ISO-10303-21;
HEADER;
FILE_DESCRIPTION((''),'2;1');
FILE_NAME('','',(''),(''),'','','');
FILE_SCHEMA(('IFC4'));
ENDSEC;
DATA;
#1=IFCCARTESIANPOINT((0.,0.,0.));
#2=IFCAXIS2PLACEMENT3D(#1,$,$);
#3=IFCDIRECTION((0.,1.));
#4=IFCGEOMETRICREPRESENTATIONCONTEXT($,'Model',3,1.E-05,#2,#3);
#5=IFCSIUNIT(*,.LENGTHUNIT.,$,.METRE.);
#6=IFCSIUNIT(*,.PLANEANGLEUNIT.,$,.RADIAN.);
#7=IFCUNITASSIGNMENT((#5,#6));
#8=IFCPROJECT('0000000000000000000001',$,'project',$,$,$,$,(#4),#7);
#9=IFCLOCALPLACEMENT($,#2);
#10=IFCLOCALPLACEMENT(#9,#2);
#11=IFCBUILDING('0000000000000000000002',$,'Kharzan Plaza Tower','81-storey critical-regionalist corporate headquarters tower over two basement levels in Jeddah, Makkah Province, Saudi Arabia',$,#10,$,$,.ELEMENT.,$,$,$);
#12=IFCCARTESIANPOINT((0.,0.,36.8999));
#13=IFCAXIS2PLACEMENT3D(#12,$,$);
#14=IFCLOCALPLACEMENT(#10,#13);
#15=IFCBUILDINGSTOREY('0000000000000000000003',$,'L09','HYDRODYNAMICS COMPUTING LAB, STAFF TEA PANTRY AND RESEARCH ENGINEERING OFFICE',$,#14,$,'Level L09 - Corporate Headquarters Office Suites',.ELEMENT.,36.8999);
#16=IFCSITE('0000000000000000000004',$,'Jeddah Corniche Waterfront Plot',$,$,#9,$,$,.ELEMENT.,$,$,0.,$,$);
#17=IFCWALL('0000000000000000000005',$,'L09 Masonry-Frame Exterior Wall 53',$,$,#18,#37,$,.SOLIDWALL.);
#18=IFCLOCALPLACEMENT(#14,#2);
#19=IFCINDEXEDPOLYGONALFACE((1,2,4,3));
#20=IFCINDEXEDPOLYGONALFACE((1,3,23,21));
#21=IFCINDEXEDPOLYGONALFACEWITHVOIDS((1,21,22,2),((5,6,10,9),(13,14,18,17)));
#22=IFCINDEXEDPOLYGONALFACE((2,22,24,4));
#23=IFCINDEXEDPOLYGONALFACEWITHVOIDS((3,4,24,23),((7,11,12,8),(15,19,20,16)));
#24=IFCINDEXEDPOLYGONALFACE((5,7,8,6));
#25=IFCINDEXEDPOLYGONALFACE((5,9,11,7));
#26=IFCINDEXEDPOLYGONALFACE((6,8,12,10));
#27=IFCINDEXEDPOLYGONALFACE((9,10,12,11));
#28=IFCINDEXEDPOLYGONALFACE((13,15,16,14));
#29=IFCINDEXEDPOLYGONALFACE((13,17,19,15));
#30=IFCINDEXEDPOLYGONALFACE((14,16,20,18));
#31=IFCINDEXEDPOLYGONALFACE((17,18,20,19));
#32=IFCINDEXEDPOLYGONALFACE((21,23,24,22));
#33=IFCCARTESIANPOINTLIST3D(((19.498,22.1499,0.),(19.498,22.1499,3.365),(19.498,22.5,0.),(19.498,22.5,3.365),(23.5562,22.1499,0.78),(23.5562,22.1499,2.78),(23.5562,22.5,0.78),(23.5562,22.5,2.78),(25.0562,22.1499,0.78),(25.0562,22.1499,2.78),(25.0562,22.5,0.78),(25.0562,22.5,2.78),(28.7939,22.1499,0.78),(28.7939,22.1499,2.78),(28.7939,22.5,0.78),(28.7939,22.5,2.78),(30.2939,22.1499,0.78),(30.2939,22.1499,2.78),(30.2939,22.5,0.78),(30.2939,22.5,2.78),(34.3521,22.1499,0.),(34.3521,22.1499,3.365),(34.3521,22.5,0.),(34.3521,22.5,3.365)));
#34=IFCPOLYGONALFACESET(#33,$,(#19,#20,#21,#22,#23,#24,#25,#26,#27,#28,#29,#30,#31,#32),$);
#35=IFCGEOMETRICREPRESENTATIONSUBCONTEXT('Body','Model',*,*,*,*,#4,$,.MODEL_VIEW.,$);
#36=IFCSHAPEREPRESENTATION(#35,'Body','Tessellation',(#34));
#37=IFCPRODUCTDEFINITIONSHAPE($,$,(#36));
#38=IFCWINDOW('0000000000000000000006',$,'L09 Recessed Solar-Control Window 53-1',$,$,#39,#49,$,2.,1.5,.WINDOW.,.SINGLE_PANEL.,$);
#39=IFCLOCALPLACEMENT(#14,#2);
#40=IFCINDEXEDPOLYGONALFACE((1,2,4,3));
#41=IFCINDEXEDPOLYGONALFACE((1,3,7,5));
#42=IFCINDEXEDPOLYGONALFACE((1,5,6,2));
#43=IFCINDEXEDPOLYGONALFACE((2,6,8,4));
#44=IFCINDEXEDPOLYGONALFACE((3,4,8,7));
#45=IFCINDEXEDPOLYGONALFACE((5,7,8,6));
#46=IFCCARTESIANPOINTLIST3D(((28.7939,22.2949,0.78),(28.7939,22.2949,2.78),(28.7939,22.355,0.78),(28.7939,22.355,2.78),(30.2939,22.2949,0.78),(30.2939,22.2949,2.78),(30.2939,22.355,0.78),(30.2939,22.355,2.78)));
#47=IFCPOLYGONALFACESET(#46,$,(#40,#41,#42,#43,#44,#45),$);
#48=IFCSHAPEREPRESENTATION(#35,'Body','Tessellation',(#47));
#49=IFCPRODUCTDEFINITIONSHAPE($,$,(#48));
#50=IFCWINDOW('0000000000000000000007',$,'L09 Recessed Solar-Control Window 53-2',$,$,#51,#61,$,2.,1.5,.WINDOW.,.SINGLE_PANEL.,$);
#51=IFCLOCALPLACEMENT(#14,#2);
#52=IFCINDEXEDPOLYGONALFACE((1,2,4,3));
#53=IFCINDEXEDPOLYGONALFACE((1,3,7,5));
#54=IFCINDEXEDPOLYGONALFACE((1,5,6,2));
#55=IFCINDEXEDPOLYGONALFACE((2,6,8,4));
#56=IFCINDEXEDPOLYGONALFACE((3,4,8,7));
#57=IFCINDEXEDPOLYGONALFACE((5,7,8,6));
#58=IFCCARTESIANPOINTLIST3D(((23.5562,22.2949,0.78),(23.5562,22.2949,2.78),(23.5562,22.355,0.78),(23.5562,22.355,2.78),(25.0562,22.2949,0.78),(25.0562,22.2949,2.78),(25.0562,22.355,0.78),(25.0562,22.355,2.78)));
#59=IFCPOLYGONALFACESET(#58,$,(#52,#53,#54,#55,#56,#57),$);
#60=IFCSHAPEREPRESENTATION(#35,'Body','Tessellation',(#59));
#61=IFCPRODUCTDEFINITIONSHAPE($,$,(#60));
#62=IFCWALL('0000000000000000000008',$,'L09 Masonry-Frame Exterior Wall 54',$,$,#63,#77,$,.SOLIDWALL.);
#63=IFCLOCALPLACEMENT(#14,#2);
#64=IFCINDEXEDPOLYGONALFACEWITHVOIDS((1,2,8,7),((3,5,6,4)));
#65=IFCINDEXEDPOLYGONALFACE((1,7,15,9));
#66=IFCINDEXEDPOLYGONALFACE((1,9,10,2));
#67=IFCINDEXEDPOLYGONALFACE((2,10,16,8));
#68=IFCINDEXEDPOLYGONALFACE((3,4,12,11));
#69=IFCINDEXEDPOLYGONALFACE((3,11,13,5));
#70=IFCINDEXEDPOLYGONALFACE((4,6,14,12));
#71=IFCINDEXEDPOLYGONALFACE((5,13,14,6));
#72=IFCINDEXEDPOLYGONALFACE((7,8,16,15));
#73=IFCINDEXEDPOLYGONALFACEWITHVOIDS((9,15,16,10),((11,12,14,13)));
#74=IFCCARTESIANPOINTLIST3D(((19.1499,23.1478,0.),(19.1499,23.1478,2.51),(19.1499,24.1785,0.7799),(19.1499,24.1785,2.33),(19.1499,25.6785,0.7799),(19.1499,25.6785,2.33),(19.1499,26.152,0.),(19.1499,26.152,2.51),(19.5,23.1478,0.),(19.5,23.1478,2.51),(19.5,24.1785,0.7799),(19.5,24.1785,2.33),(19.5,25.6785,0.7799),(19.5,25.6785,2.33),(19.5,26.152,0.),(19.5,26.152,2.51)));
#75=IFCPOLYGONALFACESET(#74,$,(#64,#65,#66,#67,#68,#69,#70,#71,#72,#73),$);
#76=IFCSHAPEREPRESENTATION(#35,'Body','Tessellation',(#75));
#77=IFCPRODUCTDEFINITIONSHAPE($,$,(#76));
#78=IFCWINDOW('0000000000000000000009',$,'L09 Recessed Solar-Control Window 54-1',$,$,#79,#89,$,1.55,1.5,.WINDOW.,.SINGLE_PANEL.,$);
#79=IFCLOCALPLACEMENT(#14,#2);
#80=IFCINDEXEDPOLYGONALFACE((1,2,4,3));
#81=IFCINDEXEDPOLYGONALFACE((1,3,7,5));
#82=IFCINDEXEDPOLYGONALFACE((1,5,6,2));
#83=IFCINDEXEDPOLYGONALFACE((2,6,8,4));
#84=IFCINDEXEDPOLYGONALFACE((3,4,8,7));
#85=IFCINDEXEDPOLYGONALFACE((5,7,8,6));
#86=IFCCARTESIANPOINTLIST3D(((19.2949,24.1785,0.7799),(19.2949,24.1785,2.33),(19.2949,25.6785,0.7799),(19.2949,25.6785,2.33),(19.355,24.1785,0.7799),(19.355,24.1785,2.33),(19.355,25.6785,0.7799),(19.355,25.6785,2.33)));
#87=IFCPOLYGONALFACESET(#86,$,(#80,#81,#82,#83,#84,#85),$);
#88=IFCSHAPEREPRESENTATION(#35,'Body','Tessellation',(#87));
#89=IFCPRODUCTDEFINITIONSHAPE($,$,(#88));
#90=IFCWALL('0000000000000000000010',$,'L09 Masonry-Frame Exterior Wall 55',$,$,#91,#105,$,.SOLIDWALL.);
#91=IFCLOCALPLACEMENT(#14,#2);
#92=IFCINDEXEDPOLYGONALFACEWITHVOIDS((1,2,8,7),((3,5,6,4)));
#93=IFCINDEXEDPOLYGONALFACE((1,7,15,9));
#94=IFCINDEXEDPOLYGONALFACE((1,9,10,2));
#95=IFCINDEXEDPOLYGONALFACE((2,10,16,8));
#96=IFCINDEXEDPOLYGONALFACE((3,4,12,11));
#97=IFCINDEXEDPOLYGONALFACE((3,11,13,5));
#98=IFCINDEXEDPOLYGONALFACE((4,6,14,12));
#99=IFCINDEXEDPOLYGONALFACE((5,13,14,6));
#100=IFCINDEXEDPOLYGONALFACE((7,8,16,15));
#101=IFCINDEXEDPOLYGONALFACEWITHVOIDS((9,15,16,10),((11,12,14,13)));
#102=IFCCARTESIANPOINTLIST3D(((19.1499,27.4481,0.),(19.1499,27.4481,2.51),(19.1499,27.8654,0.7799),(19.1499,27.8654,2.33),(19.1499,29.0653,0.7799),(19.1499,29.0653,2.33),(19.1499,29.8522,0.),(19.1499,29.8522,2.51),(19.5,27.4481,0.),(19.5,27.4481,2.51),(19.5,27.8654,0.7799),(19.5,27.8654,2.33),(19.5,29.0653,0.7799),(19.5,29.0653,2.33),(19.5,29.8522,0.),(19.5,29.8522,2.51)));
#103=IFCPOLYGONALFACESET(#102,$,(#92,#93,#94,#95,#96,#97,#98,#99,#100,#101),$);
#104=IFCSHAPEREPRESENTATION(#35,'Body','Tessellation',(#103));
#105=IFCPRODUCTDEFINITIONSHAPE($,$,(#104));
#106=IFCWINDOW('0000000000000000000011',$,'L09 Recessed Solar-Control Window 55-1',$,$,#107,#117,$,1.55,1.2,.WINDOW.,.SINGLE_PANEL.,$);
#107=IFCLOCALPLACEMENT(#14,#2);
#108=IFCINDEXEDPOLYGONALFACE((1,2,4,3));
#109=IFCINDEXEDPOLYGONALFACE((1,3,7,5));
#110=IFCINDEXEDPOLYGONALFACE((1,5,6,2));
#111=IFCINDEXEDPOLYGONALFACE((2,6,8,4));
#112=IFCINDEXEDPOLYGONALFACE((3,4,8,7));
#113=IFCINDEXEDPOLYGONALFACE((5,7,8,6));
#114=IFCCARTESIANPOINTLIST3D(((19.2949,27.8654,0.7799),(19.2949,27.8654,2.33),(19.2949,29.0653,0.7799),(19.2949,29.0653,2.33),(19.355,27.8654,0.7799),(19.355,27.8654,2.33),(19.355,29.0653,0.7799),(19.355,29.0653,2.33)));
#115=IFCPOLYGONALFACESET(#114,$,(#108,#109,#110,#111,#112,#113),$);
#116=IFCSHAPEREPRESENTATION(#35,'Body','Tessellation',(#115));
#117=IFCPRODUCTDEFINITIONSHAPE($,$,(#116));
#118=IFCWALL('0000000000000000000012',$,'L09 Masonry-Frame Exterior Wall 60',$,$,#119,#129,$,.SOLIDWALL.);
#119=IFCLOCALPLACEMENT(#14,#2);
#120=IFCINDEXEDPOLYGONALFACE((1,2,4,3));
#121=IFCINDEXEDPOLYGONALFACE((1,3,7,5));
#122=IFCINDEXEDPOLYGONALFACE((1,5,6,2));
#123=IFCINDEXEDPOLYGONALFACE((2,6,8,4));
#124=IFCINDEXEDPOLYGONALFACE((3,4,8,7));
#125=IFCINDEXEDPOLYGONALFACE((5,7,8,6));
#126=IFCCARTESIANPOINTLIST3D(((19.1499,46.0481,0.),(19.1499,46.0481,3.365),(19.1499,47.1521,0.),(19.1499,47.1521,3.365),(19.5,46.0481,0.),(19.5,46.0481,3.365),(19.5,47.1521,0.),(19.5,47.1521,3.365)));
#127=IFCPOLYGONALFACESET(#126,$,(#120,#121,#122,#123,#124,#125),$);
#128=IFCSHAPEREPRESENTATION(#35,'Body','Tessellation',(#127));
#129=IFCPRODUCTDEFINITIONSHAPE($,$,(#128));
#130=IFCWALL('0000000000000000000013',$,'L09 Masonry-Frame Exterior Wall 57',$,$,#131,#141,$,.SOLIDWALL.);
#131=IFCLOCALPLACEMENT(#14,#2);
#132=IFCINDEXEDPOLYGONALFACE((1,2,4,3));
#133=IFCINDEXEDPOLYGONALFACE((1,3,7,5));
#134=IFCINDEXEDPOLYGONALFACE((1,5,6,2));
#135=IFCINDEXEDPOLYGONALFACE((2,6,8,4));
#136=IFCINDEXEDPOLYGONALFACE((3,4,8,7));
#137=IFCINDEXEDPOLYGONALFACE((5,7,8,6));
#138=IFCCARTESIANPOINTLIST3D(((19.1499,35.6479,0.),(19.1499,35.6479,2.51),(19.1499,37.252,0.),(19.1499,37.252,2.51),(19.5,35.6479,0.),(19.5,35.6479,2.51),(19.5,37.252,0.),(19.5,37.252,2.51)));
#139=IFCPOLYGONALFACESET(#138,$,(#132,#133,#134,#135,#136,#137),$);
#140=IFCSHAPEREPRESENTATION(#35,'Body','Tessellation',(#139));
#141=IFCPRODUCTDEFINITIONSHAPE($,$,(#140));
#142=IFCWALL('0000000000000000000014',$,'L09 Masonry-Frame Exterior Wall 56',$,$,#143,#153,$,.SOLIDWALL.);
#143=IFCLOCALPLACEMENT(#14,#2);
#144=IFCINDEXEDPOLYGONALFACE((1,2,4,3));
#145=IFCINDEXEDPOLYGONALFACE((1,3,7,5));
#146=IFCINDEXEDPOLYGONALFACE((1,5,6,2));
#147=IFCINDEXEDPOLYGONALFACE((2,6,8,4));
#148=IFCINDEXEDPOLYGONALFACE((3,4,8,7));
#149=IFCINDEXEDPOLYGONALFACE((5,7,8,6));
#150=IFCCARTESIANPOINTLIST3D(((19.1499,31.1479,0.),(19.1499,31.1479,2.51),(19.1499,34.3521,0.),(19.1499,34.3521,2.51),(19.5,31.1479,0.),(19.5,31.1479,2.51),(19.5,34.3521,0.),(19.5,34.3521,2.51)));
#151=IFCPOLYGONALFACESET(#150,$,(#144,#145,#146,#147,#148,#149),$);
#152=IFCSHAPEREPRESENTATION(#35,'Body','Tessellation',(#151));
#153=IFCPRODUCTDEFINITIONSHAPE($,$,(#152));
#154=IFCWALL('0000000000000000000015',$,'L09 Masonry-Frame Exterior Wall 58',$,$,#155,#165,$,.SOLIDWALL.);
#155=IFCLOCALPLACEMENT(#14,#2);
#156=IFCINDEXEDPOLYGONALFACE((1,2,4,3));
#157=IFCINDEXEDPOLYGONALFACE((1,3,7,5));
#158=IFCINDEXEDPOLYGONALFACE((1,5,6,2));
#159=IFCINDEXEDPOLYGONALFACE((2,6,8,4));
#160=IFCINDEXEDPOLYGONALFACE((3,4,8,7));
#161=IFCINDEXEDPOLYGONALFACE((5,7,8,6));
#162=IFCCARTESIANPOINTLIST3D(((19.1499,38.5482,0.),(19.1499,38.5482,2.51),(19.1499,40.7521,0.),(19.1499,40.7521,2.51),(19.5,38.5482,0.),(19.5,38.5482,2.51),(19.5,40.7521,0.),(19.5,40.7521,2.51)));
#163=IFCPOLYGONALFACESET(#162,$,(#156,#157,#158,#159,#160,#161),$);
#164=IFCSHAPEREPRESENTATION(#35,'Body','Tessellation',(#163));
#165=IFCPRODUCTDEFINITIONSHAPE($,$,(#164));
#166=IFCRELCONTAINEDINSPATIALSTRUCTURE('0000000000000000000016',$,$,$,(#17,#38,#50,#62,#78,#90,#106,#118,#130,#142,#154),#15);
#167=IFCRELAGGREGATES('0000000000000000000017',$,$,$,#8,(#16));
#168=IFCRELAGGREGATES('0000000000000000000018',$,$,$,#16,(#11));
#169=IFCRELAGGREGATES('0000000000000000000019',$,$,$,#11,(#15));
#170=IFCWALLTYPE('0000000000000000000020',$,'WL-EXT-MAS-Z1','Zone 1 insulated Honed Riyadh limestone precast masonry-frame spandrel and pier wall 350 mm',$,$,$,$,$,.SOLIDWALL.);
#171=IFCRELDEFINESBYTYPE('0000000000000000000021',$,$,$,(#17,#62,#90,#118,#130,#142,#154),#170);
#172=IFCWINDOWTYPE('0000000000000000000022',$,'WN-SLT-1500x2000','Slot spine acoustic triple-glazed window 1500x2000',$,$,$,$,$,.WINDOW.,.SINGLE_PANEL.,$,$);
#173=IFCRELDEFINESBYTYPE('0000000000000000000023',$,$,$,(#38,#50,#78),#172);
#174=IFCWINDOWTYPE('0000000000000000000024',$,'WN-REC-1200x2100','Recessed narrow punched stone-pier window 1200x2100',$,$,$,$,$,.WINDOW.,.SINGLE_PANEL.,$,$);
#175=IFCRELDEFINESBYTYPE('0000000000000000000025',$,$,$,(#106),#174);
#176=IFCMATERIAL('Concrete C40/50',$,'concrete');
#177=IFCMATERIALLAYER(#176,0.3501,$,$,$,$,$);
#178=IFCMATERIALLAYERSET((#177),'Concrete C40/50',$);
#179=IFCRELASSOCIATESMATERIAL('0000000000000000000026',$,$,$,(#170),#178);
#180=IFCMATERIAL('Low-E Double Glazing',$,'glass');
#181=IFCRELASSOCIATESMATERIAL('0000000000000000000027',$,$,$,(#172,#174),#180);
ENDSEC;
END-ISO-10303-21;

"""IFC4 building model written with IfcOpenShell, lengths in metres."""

from ifc_helpers import new_model, si_unit, direction, frame, frame_2d, origin, place, context, subcontext, project, spatial, rectangle, extrude, source, transform, mapped, material, layer, layer_set, type_object, element, fill, save


model = new_model("IFC4")

# Units and contexts
model_context = context("Model", 3, precision=1e-05, world=origin(), true_north=direction((0.0, 1.0)))
body_context = subcontext(model_context, "Body", "Model", "MODEL_VIEW")
ifc_project = project(units=[si_unit("LENGTHUNIT", "METRE"), si_unit("PLANEANGLEUNIT", "RADIAN")], contexts=[model_context])

# Site, building, storey
site_placement = place(None, origin())
site = spatial("IfcSite", under=ifc_project, at=site_placement, Name="Jeddah Corniche Waterfront Plot", CompositionType="ELEMENT", RefElevation=0.0)
building_placement = place(site_placement, origin())
building = spatial("IfcBuilding", under=site, at=building_placement, Name="Kharzan Plaza Tower", Description="81-storey critical-regionalist corporate headquarters tower over two basement levels in Jeddah, Makkah Province, Saudi Arabia", CompositionType="ELEMENT")
storey_placement = place(building_placement, frame((0.0, 0.0, 36.8999)))
storey = spatial("IfcBuildingStorey", under=building, at=storey_placement, Name="L09", Description="HYDRODYNAMICS COMPUTING LAB, STAFF TEA PANTRY AND RESEARCH ENGINEERING OFFICE", LongName="Level L09 - Corporate Headquarters Office Suites", CompositionType="ELEMENT", Elevation=36.8999)

# Shared definitions
ifc_material_1 = material(Name="Concrete C40/50", Category="concrete")
ifc_layer_1 = layer(ifc_material_1, 0.3501)
ifc_layer_set_1 = layer_set([ifc_layer_1], Name="Concrete C40/50")
wall_type_1 = type_object("IfcWallType", Name="WL-EXT-MAS-Z1", Description="Zone 1 insulated Honed Riyadh limestone precast masonry-frame spandrel and pier wall 350 mm", PredefinedType="SOLIDWALL", material=ifc_layer_set_1)
ifc_material_2 = material(Name="Low-E Double Glazing", Category="glass")

# Wall, openings, windows
wall_1_placement = place(storey_placement, frame((34.3521, 22.325, 0.0), z_axis=(0.0, 0.0, 1.0), x_axis=(-1.0, 0.0, 0.0)))
wall_1 = element("IfcWall", 1, at=wall_1_placement, inside=storey, type_object=wall_type_1, Name="L09 Masonry-Frame Exterior Wall 53", PredefinedType="SOLIDWALL", context=body_context, shape_type="SweptSolid", body=[
    extrude(rectangle(XDim=14.854, YDim=0.3501, at=frame_2d((7.427, 0.0))), origin(), (0.0, 0.0, 1.0), 3.365),
])
opening_1_placement = place(wall_1_placement, frame((4.0581, 0.0, 0.78)))
opening_1 = element("IfcOpeningElement", 2, at=opening_1_placement, cuts=wall_1, PredefinedType="OPENING", context=body_context, shape_type="SweptSolid", body=[
    extrude(rectangle(XDim=1.5, YDim=2.0, at=frame_2d((0.75, 1.0))), frame((0.0, 0.1851, 0.0), z_axis=(0.0, -1.0, 0.0), x_axis=(1.0, 0.0, 0.0)), (0.0, 0.0, 1.0), 0.3701),
])
opening_2_placement = place(wall_1_placement, frame((9.2959, 0.0, 0.78)))
opening_2 = element("IfcOpeningElement", 3, at=opening_2_placement, cuts=wall_1, PredefinedType="OPENING", context=body_context, shape_type="SweptSolid", body=[
    extrude(rectangle(XDim=1.5, YDim=2.0, at=frame_2d((0.75, 1.0))), frame((0.0, 0.1851, 0.0), z_axis=(0.0, -1.0, 0.0), x_axis=(1.0, 0.0, 0.0)), (0.0, 0.0, 1.0), 0.3701),
])
window_type_1 = type_object("IfcWindowType", Name="WN-SLT-1500x2000", Description="Slot spine acoustic triple-glazed window 1500x2000", PartitioningType="SINGLE_PANEL", PredefinedType="WINDOW", material=ifc_material_2)
shared_shape_1 = source(origin(), body_context, "Body", "SweptSolid", [
    extrude(rectangle(XDim=1.5, YDim=2.0, at=frame_2d((0.75, 1.0))), frame((0.0, 0.03, 0.0), z_axis=(0.0, -1.0, 0.0), x_axis=(1.0, 0.0, 0.0)), (0.0, 0.0, 1.0), 0.0601),
])
window_1_placement = place(opening_1_placement, origin())
window_1 = element("IfcWindow", 4, at=window_1_placement, inside=storey, type_object=window_type_1, Name="L09 Recessed Solar-Control Window 53-1", OverallHeight=2.0, OverallWidth=1.5, PartitioningType="SINGLE_PANEL", PredefinedType="WINDOW", context=body_context, shape_type="MappedRepresentation", body=[
    mapped(shared_shape_1, transform((0.0, 0.0, 0.0), x_axis=(1.0, 0.0, 0.0), y_axis=(0.0, 1.0, 0.0), z_axis=(0.0, 0.0, 1.0))),
])
fill(opening_1, window_1)
window_2_placement = place(opening_2_placement, origin())
window_2 = element("IfcWindow", 5, at=window_2_placement, inside=storey, type_object=window_type_1, Name="L09 Recessed Solar-Control Window 53-2", OverallHeight=2.0, OverallWidth=1.5, PartitioningType="SINGLE_PANEL", PredefinedType="WINDOW", context=body_context, shape_type="MappedRepresentation", body=[
    mapped(shared_shape_1, transform((0.0, 0.0, 0.0), x_axis=(1.0, 0.0, 0.0), y_axis=(0.0, 1.0, 0.0), z_axis=(0.0, 0.0, 1.0))),
])
fill(opening_2, window_2)

# Walls, openings, windows
wall_2_placement = place(storey_placement, frame((19.325, 23.1479, 0.0), z_axis=(0.0, 0.0, 1.0), x_axis=(0.0, 1.0, 0.0)))
wall_2 = element("IfcWall", 6, at=wall_2_placement, inside=storey, type_object=wall_type_1, Name="L09 Masonry-Frame Exterior Wall 54", PredefinedType="SOLIDWALL", context=body_context, shape_type="SweptSolid", body=[
    extrude(rectangle(XDim=3.0042, YDim=0.3501, at=frame_2d((1.502, 0.0))), origin(), (0.0, 0.0, 1.0), 2.51),
])
opening_3_placement = place(wall_2_placement, frame((1.0305, 0.0, 0.78)))
opening_3 = element("IfcOpeningElement", 7, at=opening_3_placement, cuts=wall_2, PredefinedType="OPENING", context=body_context, shape_type="SweptSolid", body=[
    extrude(rectangle(XDim=1.5, YDim=1.55, at=frame_2d((0.75, 0.7749))), frame((0.0, 0.1851, 0.0), z_axis=(0.0, -1.0, 0.0), x_axis=(1.0, 0.0, 0.0)), (0.0, 0.0, 1.0), 0.3701),
])
shared_shape_2 = source(origin(), body_context, "Body", "SweptSolid", [
    extrude(rectangle(XDim=1.5, YDim=1.55, at=frame_2d((0.75, 0.7749))), frame((0.0, 0.03, 0.0), z_axis=(0.0, -1.0, 0.0), x_axis=(1.0, 0.0, 0.0)), (0.0, 0.0, 1.0), 0.0601),
])
window_3_placement = place(opening_3_placement, origin())
window_3 = element("IfcWindow", 8, at=window_3_placement, inside=storey, type_object=window_type_1, Name="L09 Recessed Solar-Control Window 54-1", OverallHeight=1.55, OverallWidth=1.5, PartitioningType="SINGLE_PANEL", PredefinedType="WINDOW", context=body_context, shape_type="MappedRepresentation", body=[
    mapped(shared_shape_2, transform((0.0, 0.0, 0.0), x_axis=(1.0, 0.0, 0.0), y_axis=(0.0, 1.0, 0.0), z_axis=(0.0, 0.0, 1.0))),
])
fill(opening_3, window_3)
wall_3_placement = place(storey_placement, frame((19.325, 27.448, 0.0), z_axis=(0.0, 0.0, 1.0), x_axis=(0.0, 1.0, 0.0)))
wall_3 = element("IfcWall", 9, at=wall_3_placement, inside=storey, type_object=wall_type_1, Name="L09 Masonry-Frame Exterior Wall 55", PredefinedType="SOLIDWALL", context=body_context, shape_type="SweptSolid", body=[
    extrude(rectangle(XDim=2.4041, YDim=0.3501, at=frame_2d((1.2021, 0.0))), origin(), (0.0, 0.0, 1.0), 2.51),
])
opening_4_placement = place(wall_3_placement, frame((0.4172, 0.0, 0.78)))
opening_4 = element("IfcOpeningElement", 10, at=opening_4_placement, cuts=wall_3, PredefinedType="OPENING", context=body_context, shape_type="SweptSolid", body=[
    extrude(rectangle(XDim=1.2, YDim=1.55, at=frame_2d((0.6001, 0.7749))), frame((0.0, 0.1851, 0.0), z_axis=(0.0, -1.0, 0.0), x_axis=(1.0, 0.0, 0.0)), (0.0, 0.0, 1.0), 0.3701),
])
window_type_2 = type_object("IfcWindowType", Name="WN-REC-1200x2100", Description="Recessed narrow punched stone-pier window 1200x2100", PartitioningType="SINGLE_PANEL", PredefinedType="WINDOW", material=ifc_material_2)
shared_shape_3 = source(origin(), body_context, "Body", "SweptSolid", [
    extrude(rectangle(XDim=1.2, YDim=1.55, at=frame_2d((0.6001, 0.7749))), frame((0.0, 0.03, 0.0), z_axis=(0.0, -1.0, 0.0), x_axis=(1.0, 0.0, 0.0)), (0.0, 0.0, 1.0), 0.0601),
])
window_4_placement = place(opening_4_placement, origin())
window_4 = element("IfcWindow", 11, at=window_4_placement, inside=storey, type_object=window_type_2, Name="L09 Recessed Solar-Control Window 55-1", OverallHeight=1.55, OverallWidth=1.2, PartitioningType="SINGLE_PANEL", PredefinedType="WINDOW", context=body_context, shape_type="MappedRepresentation", body=[
    mapped(shared_shape_3, transform((0.0, 0.0, 0.0), x_axis=(1.0, 0.0, 0.0), y_axis=(0.0, 1.0, 0.0), z_axis=(0.0, 0.0, 1.0))),
])
fill(opening_4, window_4)

# Walls
shared_shape_4 = source(origin(), body_context, "Body", "SweptSolid", [
    extrude(rectangle(XDim=1.104, YDim=0.3501, at=frame_2d((0.552, 0.0))), origin(), (0.0, 0.0, 1.0), 3.365),
])
wall_4_placement = place(storey_placement, frame((19.325, 46.0481, 0.0), z_axis=(0.0, 0.0, 1.0), x_axis=(0.0, 1.0, 0.0)))
element("IfcWall", 12, at=wall_4_placement, inside=storey, type_object=wall_type_1, Name="L09 Masonry-Frame Exterior Wall 60", PredefinedType="SOLIDWALL", context=body_context, shape_type="MappedRepresentation", body=[
    mapped(shared_shape_4, transform((0.0, 0.0, 0.0), x_axis=(1.0, 0.0, 0.0), y_axis=(0.0, 1.0, 0.0), z_axis=(0.0, 0.0, 1.0))),
])
shared_shape_5 = source(origin(), body_context, "Body", "SweptSolid", [
    extrude(rectangle(XDim=1.604, YDim=0.3501, at=frame_2d((0.802, 0.0))), origin(), (0.0, 0.0, 1.0), 2.51),
])
wall_5_placement = place(storey_placement, frame((19.325, 35.6479, 0.0), z_axis=(0.0, 0.0, 1.0), x_axis=(0.0, 1.0, 0.0)))
element("IfcWall", 13, at=wall_5_placement, inside=storey, type_object=wall_type_1, Name="L09 Masonry-Frame Exterior Wall 57", PredefinedType="SOLIDWALL", context=body_context, shape_type="MappedRepresentation", body=[
    mapped(shared_shape_5, transform((0.0, 0.0, 0.0), x_axis=(1.0, 0.0, 0.0), y_axis=(0.0, 1.0, 0.0), z_axis=(0.0, 0.0, 1.0))),
])
shared_shape_6 = source(origin(), body_context, "Body", "SweptSolid", [
    extrude(rectangle(XDim=3.2041, YDim=0.3501, at=frame_2d((1.6021, 0.0))), origin(), (0.0, 0.0, 1.0), 2.51),
])
wall_6_placement = place(storey_placement, frame((19.325, 31.1479, 0.0), z_axis=(0.0, 0.0, 1.0), x_axis=(0.0, 1.0, 0.0)))
element("IfcWall", 14, at=wall_6_placement, inside=storey, type_object=wall_type_1, Name="L09 Masonry-Frame Exterior Wall 56", PredefinedType="SOLIDWALL", context=body_context, shape_type="MappedRepresentation", body=[
    mapped(shared_shape_6, transform((0.0, 0.0, 0.0), x_axis=(1.0, 0.0, 0.0), y_axis=(0.0, 1.0, 0.0), z_axis=(0.0, 0.0, 1.0))),
])
shared_shape_7 = source(origin(), body_context, "Body", "SweptSolid", [
    extrude(rectangle(XDim=2.2039, YDim=0.3501, at=frame_2d((1.1021, 0.0))), origin(), (0.0, 0.0, 1.0), 2.51),
])
wall_7_placement = place(storey_placement, frame((19.325, 38.5481, 0.0), z_axis=(0.0, 0.0, 1.0), x_axis=(0.0, 1.0, 0.0)))
element("IfcWall", 15, at=wall_7_placement, inside=storey, type_object=wall_type_1, Name="L09 Masonry-Frame Exterior Wall 58", PredefinedType="SOLIDWALL", context=body_context, shape_type="MappedRepresentation", body=[
    mapped(shared_shape_7, transform((0.0, 0.0, 0.0), x_axis=(1.0, 0.0, 0.0), y_axis=(0.0, 1.0, 0.0), z_axis=(0.0, 0.0, 1.0))),
])

save(model, "model.ifc")
